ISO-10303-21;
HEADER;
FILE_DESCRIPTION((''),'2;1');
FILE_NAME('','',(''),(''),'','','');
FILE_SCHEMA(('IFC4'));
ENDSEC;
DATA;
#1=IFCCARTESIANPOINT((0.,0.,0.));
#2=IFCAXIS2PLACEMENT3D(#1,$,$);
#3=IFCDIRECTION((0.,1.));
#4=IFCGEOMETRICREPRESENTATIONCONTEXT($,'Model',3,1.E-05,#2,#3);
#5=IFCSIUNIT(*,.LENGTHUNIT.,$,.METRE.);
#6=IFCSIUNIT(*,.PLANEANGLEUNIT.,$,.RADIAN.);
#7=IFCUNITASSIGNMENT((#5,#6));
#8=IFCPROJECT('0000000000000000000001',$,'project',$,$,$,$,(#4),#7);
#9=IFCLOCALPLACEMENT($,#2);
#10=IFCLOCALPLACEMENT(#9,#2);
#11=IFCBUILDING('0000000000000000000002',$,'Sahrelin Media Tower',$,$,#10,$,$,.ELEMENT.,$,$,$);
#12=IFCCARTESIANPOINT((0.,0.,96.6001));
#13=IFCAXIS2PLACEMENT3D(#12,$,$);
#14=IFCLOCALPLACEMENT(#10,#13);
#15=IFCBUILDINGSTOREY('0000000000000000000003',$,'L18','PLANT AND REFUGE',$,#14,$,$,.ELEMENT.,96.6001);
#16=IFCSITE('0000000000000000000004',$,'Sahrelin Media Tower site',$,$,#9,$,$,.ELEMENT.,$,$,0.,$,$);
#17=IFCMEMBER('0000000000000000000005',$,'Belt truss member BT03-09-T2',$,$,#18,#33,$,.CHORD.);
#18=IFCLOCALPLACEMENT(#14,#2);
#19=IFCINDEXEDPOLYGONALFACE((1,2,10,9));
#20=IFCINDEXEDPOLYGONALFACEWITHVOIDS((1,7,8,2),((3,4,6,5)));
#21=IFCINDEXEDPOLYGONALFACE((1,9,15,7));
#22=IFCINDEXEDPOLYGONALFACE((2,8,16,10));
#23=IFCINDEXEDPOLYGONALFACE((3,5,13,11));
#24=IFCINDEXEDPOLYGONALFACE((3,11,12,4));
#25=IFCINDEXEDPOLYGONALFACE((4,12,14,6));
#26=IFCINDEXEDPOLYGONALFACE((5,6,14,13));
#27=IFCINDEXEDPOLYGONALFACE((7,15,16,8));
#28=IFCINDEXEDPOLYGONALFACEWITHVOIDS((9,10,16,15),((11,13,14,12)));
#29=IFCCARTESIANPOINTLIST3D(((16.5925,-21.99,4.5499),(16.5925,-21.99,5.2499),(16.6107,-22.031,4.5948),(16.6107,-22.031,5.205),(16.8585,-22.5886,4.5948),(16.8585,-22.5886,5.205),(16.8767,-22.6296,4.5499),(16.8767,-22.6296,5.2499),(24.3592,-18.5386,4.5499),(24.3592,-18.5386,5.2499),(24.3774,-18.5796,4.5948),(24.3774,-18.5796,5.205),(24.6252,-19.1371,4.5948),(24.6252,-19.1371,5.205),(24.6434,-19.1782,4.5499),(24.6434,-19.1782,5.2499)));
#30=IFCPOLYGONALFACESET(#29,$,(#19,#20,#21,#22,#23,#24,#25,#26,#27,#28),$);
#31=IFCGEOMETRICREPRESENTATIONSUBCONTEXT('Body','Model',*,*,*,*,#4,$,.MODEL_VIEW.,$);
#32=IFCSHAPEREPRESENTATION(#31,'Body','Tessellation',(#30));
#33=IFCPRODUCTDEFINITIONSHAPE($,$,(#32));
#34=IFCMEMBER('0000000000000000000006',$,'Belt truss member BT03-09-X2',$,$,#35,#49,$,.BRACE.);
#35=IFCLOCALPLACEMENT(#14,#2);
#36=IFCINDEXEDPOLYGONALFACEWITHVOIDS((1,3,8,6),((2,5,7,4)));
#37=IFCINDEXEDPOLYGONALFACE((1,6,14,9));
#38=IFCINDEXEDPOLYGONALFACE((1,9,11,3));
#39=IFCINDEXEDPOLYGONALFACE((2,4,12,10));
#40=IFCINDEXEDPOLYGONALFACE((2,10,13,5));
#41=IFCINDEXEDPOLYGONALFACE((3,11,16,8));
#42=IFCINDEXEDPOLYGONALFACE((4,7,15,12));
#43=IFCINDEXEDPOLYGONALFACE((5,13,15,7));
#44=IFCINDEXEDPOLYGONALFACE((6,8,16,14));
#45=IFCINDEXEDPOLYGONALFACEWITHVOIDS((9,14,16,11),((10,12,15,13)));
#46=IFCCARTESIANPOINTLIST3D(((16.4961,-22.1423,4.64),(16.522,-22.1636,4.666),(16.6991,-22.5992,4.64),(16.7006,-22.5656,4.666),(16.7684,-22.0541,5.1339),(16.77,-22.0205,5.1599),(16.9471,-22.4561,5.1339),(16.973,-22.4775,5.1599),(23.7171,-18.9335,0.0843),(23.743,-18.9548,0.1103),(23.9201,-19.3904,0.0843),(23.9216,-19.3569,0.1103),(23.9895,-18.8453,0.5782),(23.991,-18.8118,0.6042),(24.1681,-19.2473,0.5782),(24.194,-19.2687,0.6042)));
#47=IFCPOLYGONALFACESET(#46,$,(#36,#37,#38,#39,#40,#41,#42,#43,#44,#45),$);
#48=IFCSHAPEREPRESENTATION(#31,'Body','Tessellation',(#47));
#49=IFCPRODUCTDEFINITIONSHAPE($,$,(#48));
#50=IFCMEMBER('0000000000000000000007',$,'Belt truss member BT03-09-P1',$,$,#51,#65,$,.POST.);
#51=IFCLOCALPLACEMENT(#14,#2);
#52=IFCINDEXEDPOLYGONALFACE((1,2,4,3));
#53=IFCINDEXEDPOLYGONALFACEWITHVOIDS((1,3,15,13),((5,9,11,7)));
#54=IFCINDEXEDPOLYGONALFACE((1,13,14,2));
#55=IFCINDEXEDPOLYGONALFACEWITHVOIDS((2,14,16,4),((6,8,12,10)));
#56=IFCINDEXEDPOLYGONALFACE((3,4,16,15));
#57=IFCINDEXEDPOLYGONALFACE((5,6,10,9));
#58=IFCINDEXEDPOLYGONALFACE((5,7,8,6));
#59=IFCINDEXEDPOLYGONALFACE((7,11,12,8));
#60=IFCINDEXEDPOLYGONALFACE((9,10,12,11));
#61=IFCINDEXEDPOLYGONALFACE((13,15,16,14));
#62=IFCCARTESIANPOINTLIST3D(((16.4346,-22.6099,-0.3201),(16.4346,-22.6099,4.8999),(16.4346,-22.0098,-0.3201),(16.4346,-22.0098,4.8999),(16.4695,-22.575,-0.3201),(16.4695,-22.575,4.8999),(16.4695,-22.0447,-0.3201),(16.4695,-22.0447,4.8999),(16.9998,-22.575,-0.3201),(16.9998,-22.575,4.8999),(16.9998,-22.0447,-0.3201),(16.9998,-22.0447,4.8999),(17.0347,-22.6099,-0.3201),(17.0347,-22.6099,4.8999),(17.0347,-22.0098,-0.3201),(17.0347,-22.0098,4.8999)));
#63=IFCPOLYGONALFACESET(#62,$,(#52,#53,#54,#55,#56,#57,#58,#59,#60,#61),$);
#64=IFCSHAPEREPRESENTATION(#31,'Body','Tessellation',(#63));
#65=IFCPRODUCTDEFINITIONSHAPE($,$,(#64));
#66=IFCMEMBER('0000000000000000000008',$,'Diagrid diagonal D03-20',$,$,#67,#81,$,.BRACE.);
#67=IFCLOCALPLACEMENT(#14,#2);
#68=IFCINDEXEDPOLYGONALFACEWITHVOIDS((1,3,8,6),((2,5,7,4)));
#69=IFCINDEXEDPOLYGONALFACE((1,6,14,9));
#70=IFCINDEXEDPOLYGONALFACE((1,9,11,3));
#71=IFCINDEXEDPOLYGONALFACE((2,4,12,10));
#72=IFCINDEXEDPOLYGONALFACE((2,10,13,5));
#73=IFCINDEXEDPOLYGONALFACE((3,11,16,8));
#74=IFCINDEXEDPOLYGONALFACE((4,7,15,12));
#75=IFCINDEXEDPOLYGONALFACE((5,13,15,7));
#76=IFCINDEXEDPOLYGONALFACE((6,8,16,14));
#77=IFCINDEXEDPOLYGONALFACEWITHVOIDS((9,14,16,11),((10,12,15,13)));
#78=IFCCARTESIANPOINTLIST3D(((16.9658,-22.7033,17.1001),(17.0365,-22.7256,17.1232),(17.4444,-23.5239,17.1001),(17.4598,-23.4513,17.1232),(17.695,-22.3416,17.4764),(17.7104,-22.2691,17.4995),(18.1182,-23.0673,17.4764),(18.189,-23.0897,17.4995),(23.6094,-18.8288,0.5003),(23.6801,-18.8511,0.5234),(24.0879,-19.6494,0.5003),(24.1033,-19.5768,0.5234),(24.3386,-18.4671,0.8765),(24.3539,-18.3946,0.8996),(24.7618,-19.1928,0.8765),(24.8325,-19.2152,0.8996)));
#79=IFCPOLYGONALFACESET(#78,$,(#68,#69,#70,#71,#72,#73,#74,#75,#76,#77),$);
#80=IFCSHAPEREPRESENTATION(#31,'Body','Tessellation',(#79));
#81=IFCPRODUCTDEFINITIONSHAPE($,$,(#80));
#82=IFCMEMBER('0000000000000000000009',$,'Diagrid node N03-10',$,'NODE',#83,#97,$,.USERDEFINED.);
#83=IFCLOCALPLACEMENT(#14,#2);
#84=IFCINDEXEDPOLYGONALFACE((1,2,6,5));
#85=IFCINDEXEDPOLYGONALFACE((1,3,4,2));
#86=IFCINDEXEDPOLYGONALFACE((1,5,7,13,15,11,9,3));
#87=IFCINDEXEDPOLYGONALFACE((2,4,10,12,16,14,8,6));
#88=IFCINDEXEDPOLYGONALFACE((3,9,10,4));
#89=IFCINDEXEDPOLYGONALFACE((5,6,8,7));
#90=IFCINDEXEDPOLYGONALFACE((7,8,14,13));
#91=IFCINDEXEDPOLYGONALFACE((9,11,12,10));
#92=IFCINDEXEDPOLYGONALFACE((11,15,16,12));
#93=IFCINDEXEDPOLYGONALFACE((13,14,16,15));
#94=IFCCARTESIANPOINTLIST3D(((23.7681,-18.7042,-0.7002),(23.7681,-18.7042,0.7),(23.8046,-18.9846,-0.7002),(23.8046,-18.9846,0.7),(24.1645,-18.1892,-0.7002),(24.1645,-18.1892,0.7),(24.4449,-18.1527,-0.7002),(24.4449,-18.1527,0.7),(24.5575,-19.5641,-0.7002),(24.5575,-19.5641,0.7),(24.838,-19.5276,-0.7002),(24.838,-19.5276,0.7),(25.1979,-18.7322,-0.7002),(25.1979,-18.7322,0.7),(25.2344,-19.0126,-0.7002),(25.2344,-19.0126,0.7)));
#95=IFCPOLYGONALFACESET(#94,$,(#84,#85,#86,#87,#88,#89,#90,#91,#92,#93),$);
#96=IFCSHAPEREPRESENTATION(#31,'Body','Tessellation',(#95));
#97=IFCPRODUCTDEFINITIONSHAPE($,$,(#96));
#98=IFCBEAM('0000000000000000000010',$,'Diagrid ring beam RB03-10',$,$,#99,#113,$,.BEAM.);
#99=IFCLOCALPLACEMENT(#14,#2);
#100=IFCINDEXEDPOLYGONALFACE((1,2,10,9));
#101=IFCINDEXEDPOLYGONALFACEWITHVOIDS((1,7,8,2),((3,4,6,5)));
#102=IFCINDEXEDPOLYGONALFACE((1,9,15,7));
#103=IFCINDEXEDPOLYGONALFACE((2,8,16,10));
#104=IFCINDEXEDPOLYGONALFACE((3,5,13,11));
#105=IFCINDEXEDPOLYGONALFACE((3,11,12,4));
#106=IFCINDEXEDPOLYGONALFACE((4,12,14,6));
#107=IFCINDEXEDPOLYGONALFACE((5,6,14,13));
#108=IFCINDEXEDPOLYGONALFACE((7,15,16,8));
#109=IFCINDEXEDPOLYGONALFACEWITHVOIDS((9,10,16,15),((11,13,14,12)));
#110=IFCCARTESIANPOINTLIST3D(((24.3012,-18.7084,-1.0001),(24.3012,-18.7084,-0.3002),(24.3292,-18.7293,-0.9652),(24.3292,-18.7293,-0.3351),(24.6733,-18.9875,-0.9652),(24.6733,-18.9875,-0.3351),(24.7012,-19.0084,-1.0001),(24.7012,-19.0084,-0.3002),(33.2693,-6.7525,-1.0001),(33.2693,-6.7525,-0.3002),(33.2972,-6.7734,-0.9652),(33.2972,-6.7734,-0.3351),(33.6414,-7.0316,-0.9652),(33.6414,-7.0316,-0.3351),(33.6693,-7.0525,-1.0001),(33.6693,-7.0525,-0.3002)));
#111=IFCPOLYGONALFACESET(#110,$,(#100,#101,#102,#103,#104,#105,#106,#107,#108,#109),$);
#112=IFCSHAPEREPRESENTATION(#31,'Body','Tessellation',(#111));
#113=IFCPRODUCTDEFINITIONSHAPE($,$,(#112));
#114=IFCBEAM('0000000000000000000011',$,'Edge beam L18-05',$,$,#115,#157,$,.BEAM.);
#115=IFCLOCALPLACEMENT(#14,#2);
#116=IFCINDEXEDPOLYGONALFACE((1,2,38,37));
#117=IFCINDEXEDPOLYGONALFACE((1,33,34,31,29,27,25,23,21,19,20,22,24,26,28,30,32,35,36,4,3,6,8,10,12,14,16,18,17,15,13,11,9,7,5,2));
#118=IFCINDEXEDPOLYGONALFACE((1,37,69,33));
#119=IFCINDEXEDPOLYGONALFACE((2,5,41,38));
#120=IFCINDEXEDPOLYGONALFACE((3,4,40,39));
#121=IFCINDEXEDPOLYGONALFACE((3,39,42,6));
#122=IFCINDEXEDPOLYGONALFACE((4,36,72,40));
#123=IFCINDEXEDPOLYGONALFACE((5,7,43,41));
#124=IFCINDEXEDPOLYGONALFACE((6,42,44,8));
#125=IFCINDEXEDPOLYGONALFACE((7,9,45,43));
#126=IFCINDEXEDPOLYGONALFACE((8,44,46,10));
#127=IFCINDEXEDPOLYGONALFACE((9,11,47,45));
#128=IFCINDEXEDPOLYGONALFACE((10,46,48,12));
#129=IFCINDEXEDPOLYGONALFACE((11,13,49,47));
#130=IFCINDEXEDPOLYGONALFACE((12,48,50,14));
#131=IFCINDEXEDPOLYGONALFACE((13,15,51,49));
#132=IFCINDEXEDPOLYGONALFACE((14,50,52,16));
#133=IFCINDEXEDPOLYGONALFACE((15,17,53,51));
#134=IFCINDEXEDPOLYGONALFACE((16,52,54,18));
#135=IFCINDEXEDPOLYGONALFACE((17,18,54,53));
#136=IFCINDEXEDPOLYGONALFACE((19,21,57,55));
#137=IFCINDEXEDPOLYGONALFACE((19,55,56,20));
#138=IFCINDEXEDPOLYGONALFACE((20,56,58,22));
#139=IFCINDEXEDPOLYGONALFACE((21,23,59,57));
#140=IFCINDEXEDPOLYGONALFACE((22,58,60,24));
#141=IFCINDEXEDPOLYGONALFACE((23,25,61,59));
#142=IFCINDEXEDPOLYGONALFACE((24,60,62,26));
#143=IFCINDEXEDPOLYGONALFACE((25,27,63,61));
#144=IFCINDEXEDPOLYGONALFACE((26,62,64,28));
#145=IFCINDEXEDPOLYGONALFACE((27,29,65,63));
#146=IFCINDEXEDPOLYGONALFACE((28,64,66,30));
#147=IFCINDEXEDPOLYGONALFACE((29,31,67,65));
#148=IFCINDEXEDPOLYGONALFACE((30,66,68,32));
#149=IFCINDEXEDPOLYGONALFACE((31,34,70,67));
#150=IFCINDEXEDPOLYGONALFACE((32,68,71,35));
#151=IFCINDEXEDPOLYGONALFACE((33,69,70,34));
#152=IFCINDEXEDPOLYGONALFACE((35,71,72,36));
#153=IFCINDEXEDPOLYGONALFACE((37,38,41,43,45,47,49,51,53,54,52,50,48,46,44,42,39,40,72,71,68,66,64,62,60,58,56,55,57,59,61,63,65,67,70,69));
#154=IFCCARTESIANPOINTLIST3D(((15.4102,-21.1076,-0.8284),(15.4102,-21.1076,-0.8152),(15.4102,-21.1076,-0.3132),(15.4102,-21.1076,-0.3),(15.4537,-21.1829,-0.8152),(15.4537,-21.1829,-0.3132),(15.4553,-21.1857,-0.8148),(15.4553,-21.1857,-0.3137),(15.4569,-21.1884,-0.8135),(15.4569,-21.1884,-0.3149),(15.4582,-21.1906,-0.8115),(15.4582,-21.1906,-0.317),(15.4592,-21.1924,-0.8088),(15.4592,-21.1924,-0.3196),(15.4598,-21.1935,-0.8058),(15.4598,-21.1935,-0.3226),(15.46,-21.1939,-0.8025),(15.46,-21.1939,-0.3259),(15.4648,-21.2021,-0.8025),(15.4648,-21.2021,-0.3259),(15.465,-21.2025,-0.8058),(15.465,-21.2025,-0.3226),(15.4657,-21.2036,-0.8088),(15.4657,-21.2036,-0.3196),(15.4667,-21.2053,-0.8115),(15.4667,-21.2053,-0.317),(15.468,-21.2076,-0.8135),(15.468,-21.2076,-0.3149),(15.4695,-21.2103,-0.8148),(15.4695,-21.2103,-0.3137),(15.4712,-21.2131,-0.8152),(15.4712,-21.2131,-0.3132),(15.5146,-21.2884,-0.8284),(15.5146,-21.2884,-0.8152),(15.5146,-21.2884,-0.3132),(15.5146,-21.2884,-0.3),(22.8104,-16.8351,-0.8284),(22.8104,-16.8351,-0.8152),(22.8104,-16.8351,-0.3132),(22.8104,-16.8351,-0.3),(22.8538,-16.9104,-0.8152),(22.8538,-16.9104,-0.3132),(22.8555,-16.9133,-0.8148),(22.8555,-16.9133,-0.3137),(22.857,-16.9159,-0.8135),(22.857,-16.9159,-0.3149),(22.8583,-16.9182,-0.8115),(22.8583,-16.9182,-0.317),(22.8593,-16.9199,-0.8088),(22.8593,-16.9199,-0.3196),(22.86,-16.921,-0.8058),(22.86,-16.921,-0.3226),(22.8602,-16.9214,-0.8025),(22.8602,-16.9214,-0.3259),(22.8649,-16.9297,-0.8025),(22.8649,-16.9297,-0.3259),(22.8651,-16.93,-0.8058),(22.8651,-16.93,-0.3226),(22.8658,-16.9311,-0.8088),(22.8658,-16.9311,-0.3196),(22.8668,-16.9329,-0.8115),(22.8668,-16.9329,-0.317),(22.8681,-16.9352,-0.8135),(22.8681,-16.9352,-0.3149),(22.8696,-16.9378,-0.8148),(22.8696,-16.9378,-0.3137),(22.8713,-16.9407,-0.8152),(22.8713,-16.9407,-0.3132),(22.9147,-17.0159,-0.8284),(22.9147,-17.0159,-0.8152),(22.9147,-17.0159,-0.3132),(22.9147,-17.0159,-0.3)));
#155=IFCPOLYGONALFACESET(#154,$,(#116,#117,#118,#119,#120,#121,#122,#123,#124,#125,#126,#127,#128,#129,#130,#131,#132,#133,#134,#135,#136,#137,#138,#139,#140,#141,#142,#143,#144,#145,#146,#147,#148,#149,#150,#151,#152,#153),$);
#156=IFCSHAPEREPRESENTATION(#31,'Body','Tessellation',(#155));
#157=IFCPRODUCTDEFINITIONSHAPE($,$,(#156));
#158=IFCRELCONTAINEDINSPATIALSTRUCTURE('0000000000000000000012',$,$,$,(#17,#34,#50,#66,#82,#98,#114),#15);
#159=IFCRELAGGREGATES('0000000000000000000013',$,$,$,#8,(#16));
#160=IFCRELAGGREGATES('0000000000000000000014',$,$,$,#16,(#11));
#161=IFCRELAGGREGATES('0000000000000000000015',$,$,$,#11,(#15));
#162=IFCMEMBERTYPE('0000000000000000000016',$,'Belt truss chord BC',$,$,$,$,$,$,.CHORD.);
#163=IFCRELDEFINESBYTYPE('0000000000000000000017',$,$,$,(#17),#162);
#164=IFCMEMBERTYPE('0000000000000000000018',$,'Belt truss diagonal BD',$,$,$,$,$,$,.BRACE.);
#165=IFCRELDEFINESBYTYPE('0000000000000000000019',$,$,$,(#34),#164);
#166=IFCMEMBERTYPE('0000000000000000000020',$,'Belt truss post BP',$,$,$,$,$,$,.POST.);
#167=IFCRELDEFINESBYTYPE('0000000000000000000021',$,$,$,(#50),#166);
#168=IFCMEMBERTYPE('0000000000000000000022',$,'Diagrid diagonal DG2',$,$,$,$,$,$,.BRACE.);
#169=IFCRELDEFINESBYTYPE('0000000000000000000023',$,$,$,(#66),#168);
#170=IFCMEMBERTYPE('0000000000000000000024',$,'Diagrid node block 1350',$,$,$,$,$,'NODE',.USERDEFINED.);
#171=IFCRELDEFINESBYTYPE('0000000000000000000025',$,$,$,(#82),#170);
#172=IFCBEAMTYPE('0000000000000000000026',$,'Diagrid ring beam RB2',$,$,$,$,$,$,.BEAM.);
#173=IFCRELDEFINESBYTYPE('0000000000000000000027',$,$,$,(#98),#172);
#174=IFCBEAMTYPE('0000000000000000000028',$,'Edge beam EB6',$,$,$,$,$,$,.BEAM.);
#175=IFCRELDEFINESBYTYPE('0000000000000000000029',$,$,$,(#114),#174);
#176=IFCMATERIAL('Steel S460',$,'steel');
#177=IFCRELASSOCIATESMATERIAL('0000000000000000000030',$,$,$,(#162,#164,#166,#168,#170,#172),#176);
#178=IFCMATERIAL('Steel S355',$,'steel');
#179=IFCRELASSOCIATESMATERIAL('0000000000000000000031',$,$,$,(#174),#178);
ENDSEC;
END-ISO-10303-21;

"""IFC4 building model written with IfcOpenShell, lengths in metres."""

from ifc_helpers import new_model, si_unit, direction, frame, origin, origin_2d, place, context, subcontext, project, spatial, polyline, hollow_rectangle, i_section, outline, extrude, material, material_profile, profile_set, type_object, element, save


model = new_model("IFC4")

# Units and contexts
model_context = context("Model", 3, precision=1e-05, world=origin(), true_north=direction((0.0, 1.0)))
body_context = subcontext(model_context, "Body", "Model", "MODEL_VIEW")
ifc_project = project(units=[si_unit("LENGTHUNIT", "METRE"), si_unit("PLANEANGLEUNIT", "RADIAN")], contexts=[model_context])

# Site, building, storey
site_placement = place(None, origin())
site = spatial("IfcSite", under=ifc_project, at=site_placement, Name="Sahrelin Media Tower site", CompositionType="ELEMENT", RefElevation=0.0)
building_placement = place(site_placement, origin())
building = spatial("IfcBuilding", under=site, at=building_placement, Name="Sahrelin Media Tower", CompositionType="ELEMENT")
storey_placement = place(building_placement, frame((0.0, 0.0, 96.6001)))
storey = spatial("IfcBuildingStorey", under=building, at=storey_placement, Name="L18", Description="PLANT AND REFUGE", CompositionType="ELEMENT", Elevation=96.6001)

# Members
ifc_material_1 = material(Name="Steel S460", Category="steel")
ifc_material_profile_1 = material_profile(ifc_material_1, hollow_rectangle(XDim=0.7, YDim=0.7, WallThickness=0.0449, at=origin_2d()), Name="Belt truss chord BC")
ifc_profile_set_1 = profile_set([ifc_material_profile_1], Name="Steel S460")
member_type_1 = type_object("IfcMemberType", Name="Belt truss chord BC", PredefinedType="CHORD", material=ifc_profile_set_1)
member_1_placement = place(storey_placement, frame((16.7346, -22.3098, 4.8999), z_axis=(0.913829, 0.406098, 0.0), x_axis=(-0.406098, 0.913829, 0.0)))
element("IfcMember", 1, at=member_1_placement, inside=storey, type_object=member_type_1, Name="Belt truss member BT03-09-T2", PredefinedType="CHORD", context=body_context, shape_type="SweptSolid", body=[
    extrude(hollow_rectangle(XDim=0.7, YDim=0.7, WallThickness=0.0449, at=origin_2d()), origin(), (0.0, 0.0, 1.0), 8.499),
])
ifc_material_profile_2 = material_profile(ifc_material_1, hollow_rectangle(XDim=0.5, YDim=0.6001, WallThickness=0.03, at=origin_2d()), Name="Belt truss diagonal BD")
ifc_profile_set_2 = profile_set([ifc_material_profile_2], Name="Steel S460")
member_type_2 = type_object("IfcMemberType", Name="Belt truss diagonal BD", PredefinedType="BRACE", material=ifc_profile_set_2)
member_2_placement = place(storey_placement, frame((23.9556, -19.1011, 0.3442), z_axis=(-0.791686, -0.351798, 0.499471), x_axis=(0.406078, -0.913838, 0.0)))
element("IfcMember", 2, at=member_2_placement, inside=storey, type_object=member_type_2, Name="Belt truss member BT03-09-X2", PredefinedType="BRACE", context=body_context, shape_type="SweptSolid", body=[
    extrude(hollow_rectangle(XDim=0.5, YDim=0.6001, WallThickness=0.03, at=origin_2d()), origin(), (0.0, 0.0, 1.0), 9.1211),
])
ifc_material_profile_3 = material_profile(ifc_material_1, hollow_rectangle(XDim=0.6001, YDim=0.6001, WallThickness=0.0349, at=origin_2d()), Name="Belt truss post BP")
ifc_profile_set_3 = profile_set([ifc_material_profile_3], Name="Steel S460")
member_type_3 = type_object("IfcMemberType", Name="Belt truss post BP", PredefinedType="POST", material=ifc_profile_set_3)
member_3_placement = place(storey_placement, frame((16.7346, -22.3098, -0.3201), z_axis=(0.0, 0.0, 1.0), x_axis=(1.0, 0.0, 0.0)))
element("IfcMember", 3, at=member_3_placement, inside=storey, type_object=member_type_3, Name="Belt truss member BT03-09-P1", PredefinedType="POST", context=body_context, shape_type="SweptSolid", body=[
    extrude(hollow_rectangle(XDim=0.6001, YDim=0.6001, WallThickness=0.0349, at=origin_2d()), origin(), (0.0, 0.0, 1.0), 5.22),
])
ifc_material_profile_4 = material_profile(ifc_material_1, hollow_rectangle(XDim=0.95, YDim=0.95, WallThickness=0.0549, at=origin_2d()), Name="Diagrid diagonal DG2")
ifc_profile_set_4 = profile_set([ifc_material_profile_4], Name="Steel S460")
member_type_4 = type_object("IfcMemberType", Name="Diagrid diagonal DG2", PredefinedType="BRACE", material=ifc_profile_set_4)
member_4_placement = place(storey_placement, frame((24.2209, -19.022, 0.7), z_axis=(-0.363137, -0.211781, 0.907348), x_axis=(0.503784, -0.86383, 0.0)))
element("IfcMember", 4, at=member_4_placement, inside=storey, type_object=member_type_4, Name="Diagrid diagonal D03-20", PredefinedType="BRACE", context=body_context, shape_type="SweptSolid", body=[
    extrude(hollow_rectangle(XDim=0.95, YDim=0.95, WallThickness=0.0549, at=origin_2d()), origin(), (0.0, 0.0, 1.0), 18.2949),
])
ifc_material_profile_5 = material_profile(ifc_material_1, outline(polyline([(0.4751, -0.5249), (0.675, -0.325), (0.675, 0.325), (0.4751, 0.5249), (-0.4751, 0.5249), (-0.675, 0.325), (-0.675, -0.325), (-0.4751, -0.5249), (0.4751, -0.5249)])), Name="Diagrid node block 1350")
ifc_profile_set_5 = profile_set([ifc_material_profile_5], Name="Steel S460")
member_type_5 = type_object("IfcMemberType", Name="Diagrid node block 1350", ElementType="NODE", PredefinedType="USERDEFINED", material=ifc_profile_set_5)
member_5_placement = place(storey_placement, frame((24.5012, -18.8584, -0.7002), z_axis=(0.0, 0.0, 1.0), x_axis=(0.792445, -0.609943, 0.0)))
element("IfcMember", 5, at=member_5_placement, inside=storey, type_object=member_type_5, Name="Diagrid node N03-10", ObjectType="NODE", PredefinedType="USERDEFINED", context=body_context, shape_type="SweptSolid", body=[
    extrude(outline(polyline([(0.4751, -0.5249), (0.675, -0.325), (0.675, 0.325), (0.4751, 0.5249), (-0.4751, 0.5249), (-0.675, 0.325), (-0.675, -0.325), (-0.4751, -0.5249), (0.4751, -0.5249)])), origin(), (0.0, 0.0, 1.0), 1.4001),
])

# Beams
ifc_material_profile_6 = material_profile(ifc_material_1, hollow_rectangle(XDim=0.5, YDim=0.7, WallThickness=0.0349, at=origin_2d()), Name="Diagrid ring beam RB2")
ifc_profile_set_6 = profile_set([ifc_material_profile_6], Name="Steel S460")
beam_type_1 = type_object("IfcBeamType", Name="Diagrid ring beam RB2", PredefinedType="BEAM", material=ifc_profile_set_6)
beam_1_placement = place(storey_placement, frame((24.5012, -18.8584, -0.6501), z_axis=(0.60005, 0.799963, 0.0), x_axis=(-0.799963, 0.60005, 0.0)))
element("IfcBeam", 6, at=beam_1_placement, inside=storey, type_object=beam_type_1, Name="Diagrid ring beam RB03-10", PredefinedType="BEAM", context=body_context, shape_type="SweptSolid", body=[
    extrude(hollow_rectangle(XDim=0.5, YDim=0.7, WallThickness=0.0349, at=origin_2d()), origin(), (0.0, 0.0, 1.0), 14.9456),
])
ifc_material_2 = material(Name="Steel S355", Category="steel")
ifc_material_profile_7 = material_profile(ifc_material_2, i_section(OverallWidth=0.2087, OverallDepth=0.5283, WebThickness=0.0095, FlangeThickness=0.0132, FilletRadius=0.0127, at=origin_2d()), Name="UB 533x210x82")
ifc_profile_set_7 = profile_set([ifc_material_profile_7], Name="Steel S355")
beam_type_2 = type_object("IfcBeamType", Name="Edge beam EB6", PredefinedType="BEAM", material=ifc_profile_set_7)
beam_2_placement = place(storey_placement, frame((22.8625, -16.9255, -0.5642), z_axis=(-0.866026, -0.499999, 0.0), x_axis=(0.499999, -0.866026, 0.0)))
element("IfcBeam", 7, at=beam_2_placement, inside=storey, type_object=beam_type_2, Name="Edge beam L18-05", PredefinedType="BEAM", context=body_context, shape_type="SweptSolid", body=[
    extrude(i_section(OverallWidth=0.2087, OverallDepth=0.5283, WebThickness=0.0095, FlangeThickness=0.0132, FilletRadius=0.0127, at=origin_2d()), origin(), (0.0, 0.0, 1.0), 8.5449),
])

save(model, "model.ifc")
